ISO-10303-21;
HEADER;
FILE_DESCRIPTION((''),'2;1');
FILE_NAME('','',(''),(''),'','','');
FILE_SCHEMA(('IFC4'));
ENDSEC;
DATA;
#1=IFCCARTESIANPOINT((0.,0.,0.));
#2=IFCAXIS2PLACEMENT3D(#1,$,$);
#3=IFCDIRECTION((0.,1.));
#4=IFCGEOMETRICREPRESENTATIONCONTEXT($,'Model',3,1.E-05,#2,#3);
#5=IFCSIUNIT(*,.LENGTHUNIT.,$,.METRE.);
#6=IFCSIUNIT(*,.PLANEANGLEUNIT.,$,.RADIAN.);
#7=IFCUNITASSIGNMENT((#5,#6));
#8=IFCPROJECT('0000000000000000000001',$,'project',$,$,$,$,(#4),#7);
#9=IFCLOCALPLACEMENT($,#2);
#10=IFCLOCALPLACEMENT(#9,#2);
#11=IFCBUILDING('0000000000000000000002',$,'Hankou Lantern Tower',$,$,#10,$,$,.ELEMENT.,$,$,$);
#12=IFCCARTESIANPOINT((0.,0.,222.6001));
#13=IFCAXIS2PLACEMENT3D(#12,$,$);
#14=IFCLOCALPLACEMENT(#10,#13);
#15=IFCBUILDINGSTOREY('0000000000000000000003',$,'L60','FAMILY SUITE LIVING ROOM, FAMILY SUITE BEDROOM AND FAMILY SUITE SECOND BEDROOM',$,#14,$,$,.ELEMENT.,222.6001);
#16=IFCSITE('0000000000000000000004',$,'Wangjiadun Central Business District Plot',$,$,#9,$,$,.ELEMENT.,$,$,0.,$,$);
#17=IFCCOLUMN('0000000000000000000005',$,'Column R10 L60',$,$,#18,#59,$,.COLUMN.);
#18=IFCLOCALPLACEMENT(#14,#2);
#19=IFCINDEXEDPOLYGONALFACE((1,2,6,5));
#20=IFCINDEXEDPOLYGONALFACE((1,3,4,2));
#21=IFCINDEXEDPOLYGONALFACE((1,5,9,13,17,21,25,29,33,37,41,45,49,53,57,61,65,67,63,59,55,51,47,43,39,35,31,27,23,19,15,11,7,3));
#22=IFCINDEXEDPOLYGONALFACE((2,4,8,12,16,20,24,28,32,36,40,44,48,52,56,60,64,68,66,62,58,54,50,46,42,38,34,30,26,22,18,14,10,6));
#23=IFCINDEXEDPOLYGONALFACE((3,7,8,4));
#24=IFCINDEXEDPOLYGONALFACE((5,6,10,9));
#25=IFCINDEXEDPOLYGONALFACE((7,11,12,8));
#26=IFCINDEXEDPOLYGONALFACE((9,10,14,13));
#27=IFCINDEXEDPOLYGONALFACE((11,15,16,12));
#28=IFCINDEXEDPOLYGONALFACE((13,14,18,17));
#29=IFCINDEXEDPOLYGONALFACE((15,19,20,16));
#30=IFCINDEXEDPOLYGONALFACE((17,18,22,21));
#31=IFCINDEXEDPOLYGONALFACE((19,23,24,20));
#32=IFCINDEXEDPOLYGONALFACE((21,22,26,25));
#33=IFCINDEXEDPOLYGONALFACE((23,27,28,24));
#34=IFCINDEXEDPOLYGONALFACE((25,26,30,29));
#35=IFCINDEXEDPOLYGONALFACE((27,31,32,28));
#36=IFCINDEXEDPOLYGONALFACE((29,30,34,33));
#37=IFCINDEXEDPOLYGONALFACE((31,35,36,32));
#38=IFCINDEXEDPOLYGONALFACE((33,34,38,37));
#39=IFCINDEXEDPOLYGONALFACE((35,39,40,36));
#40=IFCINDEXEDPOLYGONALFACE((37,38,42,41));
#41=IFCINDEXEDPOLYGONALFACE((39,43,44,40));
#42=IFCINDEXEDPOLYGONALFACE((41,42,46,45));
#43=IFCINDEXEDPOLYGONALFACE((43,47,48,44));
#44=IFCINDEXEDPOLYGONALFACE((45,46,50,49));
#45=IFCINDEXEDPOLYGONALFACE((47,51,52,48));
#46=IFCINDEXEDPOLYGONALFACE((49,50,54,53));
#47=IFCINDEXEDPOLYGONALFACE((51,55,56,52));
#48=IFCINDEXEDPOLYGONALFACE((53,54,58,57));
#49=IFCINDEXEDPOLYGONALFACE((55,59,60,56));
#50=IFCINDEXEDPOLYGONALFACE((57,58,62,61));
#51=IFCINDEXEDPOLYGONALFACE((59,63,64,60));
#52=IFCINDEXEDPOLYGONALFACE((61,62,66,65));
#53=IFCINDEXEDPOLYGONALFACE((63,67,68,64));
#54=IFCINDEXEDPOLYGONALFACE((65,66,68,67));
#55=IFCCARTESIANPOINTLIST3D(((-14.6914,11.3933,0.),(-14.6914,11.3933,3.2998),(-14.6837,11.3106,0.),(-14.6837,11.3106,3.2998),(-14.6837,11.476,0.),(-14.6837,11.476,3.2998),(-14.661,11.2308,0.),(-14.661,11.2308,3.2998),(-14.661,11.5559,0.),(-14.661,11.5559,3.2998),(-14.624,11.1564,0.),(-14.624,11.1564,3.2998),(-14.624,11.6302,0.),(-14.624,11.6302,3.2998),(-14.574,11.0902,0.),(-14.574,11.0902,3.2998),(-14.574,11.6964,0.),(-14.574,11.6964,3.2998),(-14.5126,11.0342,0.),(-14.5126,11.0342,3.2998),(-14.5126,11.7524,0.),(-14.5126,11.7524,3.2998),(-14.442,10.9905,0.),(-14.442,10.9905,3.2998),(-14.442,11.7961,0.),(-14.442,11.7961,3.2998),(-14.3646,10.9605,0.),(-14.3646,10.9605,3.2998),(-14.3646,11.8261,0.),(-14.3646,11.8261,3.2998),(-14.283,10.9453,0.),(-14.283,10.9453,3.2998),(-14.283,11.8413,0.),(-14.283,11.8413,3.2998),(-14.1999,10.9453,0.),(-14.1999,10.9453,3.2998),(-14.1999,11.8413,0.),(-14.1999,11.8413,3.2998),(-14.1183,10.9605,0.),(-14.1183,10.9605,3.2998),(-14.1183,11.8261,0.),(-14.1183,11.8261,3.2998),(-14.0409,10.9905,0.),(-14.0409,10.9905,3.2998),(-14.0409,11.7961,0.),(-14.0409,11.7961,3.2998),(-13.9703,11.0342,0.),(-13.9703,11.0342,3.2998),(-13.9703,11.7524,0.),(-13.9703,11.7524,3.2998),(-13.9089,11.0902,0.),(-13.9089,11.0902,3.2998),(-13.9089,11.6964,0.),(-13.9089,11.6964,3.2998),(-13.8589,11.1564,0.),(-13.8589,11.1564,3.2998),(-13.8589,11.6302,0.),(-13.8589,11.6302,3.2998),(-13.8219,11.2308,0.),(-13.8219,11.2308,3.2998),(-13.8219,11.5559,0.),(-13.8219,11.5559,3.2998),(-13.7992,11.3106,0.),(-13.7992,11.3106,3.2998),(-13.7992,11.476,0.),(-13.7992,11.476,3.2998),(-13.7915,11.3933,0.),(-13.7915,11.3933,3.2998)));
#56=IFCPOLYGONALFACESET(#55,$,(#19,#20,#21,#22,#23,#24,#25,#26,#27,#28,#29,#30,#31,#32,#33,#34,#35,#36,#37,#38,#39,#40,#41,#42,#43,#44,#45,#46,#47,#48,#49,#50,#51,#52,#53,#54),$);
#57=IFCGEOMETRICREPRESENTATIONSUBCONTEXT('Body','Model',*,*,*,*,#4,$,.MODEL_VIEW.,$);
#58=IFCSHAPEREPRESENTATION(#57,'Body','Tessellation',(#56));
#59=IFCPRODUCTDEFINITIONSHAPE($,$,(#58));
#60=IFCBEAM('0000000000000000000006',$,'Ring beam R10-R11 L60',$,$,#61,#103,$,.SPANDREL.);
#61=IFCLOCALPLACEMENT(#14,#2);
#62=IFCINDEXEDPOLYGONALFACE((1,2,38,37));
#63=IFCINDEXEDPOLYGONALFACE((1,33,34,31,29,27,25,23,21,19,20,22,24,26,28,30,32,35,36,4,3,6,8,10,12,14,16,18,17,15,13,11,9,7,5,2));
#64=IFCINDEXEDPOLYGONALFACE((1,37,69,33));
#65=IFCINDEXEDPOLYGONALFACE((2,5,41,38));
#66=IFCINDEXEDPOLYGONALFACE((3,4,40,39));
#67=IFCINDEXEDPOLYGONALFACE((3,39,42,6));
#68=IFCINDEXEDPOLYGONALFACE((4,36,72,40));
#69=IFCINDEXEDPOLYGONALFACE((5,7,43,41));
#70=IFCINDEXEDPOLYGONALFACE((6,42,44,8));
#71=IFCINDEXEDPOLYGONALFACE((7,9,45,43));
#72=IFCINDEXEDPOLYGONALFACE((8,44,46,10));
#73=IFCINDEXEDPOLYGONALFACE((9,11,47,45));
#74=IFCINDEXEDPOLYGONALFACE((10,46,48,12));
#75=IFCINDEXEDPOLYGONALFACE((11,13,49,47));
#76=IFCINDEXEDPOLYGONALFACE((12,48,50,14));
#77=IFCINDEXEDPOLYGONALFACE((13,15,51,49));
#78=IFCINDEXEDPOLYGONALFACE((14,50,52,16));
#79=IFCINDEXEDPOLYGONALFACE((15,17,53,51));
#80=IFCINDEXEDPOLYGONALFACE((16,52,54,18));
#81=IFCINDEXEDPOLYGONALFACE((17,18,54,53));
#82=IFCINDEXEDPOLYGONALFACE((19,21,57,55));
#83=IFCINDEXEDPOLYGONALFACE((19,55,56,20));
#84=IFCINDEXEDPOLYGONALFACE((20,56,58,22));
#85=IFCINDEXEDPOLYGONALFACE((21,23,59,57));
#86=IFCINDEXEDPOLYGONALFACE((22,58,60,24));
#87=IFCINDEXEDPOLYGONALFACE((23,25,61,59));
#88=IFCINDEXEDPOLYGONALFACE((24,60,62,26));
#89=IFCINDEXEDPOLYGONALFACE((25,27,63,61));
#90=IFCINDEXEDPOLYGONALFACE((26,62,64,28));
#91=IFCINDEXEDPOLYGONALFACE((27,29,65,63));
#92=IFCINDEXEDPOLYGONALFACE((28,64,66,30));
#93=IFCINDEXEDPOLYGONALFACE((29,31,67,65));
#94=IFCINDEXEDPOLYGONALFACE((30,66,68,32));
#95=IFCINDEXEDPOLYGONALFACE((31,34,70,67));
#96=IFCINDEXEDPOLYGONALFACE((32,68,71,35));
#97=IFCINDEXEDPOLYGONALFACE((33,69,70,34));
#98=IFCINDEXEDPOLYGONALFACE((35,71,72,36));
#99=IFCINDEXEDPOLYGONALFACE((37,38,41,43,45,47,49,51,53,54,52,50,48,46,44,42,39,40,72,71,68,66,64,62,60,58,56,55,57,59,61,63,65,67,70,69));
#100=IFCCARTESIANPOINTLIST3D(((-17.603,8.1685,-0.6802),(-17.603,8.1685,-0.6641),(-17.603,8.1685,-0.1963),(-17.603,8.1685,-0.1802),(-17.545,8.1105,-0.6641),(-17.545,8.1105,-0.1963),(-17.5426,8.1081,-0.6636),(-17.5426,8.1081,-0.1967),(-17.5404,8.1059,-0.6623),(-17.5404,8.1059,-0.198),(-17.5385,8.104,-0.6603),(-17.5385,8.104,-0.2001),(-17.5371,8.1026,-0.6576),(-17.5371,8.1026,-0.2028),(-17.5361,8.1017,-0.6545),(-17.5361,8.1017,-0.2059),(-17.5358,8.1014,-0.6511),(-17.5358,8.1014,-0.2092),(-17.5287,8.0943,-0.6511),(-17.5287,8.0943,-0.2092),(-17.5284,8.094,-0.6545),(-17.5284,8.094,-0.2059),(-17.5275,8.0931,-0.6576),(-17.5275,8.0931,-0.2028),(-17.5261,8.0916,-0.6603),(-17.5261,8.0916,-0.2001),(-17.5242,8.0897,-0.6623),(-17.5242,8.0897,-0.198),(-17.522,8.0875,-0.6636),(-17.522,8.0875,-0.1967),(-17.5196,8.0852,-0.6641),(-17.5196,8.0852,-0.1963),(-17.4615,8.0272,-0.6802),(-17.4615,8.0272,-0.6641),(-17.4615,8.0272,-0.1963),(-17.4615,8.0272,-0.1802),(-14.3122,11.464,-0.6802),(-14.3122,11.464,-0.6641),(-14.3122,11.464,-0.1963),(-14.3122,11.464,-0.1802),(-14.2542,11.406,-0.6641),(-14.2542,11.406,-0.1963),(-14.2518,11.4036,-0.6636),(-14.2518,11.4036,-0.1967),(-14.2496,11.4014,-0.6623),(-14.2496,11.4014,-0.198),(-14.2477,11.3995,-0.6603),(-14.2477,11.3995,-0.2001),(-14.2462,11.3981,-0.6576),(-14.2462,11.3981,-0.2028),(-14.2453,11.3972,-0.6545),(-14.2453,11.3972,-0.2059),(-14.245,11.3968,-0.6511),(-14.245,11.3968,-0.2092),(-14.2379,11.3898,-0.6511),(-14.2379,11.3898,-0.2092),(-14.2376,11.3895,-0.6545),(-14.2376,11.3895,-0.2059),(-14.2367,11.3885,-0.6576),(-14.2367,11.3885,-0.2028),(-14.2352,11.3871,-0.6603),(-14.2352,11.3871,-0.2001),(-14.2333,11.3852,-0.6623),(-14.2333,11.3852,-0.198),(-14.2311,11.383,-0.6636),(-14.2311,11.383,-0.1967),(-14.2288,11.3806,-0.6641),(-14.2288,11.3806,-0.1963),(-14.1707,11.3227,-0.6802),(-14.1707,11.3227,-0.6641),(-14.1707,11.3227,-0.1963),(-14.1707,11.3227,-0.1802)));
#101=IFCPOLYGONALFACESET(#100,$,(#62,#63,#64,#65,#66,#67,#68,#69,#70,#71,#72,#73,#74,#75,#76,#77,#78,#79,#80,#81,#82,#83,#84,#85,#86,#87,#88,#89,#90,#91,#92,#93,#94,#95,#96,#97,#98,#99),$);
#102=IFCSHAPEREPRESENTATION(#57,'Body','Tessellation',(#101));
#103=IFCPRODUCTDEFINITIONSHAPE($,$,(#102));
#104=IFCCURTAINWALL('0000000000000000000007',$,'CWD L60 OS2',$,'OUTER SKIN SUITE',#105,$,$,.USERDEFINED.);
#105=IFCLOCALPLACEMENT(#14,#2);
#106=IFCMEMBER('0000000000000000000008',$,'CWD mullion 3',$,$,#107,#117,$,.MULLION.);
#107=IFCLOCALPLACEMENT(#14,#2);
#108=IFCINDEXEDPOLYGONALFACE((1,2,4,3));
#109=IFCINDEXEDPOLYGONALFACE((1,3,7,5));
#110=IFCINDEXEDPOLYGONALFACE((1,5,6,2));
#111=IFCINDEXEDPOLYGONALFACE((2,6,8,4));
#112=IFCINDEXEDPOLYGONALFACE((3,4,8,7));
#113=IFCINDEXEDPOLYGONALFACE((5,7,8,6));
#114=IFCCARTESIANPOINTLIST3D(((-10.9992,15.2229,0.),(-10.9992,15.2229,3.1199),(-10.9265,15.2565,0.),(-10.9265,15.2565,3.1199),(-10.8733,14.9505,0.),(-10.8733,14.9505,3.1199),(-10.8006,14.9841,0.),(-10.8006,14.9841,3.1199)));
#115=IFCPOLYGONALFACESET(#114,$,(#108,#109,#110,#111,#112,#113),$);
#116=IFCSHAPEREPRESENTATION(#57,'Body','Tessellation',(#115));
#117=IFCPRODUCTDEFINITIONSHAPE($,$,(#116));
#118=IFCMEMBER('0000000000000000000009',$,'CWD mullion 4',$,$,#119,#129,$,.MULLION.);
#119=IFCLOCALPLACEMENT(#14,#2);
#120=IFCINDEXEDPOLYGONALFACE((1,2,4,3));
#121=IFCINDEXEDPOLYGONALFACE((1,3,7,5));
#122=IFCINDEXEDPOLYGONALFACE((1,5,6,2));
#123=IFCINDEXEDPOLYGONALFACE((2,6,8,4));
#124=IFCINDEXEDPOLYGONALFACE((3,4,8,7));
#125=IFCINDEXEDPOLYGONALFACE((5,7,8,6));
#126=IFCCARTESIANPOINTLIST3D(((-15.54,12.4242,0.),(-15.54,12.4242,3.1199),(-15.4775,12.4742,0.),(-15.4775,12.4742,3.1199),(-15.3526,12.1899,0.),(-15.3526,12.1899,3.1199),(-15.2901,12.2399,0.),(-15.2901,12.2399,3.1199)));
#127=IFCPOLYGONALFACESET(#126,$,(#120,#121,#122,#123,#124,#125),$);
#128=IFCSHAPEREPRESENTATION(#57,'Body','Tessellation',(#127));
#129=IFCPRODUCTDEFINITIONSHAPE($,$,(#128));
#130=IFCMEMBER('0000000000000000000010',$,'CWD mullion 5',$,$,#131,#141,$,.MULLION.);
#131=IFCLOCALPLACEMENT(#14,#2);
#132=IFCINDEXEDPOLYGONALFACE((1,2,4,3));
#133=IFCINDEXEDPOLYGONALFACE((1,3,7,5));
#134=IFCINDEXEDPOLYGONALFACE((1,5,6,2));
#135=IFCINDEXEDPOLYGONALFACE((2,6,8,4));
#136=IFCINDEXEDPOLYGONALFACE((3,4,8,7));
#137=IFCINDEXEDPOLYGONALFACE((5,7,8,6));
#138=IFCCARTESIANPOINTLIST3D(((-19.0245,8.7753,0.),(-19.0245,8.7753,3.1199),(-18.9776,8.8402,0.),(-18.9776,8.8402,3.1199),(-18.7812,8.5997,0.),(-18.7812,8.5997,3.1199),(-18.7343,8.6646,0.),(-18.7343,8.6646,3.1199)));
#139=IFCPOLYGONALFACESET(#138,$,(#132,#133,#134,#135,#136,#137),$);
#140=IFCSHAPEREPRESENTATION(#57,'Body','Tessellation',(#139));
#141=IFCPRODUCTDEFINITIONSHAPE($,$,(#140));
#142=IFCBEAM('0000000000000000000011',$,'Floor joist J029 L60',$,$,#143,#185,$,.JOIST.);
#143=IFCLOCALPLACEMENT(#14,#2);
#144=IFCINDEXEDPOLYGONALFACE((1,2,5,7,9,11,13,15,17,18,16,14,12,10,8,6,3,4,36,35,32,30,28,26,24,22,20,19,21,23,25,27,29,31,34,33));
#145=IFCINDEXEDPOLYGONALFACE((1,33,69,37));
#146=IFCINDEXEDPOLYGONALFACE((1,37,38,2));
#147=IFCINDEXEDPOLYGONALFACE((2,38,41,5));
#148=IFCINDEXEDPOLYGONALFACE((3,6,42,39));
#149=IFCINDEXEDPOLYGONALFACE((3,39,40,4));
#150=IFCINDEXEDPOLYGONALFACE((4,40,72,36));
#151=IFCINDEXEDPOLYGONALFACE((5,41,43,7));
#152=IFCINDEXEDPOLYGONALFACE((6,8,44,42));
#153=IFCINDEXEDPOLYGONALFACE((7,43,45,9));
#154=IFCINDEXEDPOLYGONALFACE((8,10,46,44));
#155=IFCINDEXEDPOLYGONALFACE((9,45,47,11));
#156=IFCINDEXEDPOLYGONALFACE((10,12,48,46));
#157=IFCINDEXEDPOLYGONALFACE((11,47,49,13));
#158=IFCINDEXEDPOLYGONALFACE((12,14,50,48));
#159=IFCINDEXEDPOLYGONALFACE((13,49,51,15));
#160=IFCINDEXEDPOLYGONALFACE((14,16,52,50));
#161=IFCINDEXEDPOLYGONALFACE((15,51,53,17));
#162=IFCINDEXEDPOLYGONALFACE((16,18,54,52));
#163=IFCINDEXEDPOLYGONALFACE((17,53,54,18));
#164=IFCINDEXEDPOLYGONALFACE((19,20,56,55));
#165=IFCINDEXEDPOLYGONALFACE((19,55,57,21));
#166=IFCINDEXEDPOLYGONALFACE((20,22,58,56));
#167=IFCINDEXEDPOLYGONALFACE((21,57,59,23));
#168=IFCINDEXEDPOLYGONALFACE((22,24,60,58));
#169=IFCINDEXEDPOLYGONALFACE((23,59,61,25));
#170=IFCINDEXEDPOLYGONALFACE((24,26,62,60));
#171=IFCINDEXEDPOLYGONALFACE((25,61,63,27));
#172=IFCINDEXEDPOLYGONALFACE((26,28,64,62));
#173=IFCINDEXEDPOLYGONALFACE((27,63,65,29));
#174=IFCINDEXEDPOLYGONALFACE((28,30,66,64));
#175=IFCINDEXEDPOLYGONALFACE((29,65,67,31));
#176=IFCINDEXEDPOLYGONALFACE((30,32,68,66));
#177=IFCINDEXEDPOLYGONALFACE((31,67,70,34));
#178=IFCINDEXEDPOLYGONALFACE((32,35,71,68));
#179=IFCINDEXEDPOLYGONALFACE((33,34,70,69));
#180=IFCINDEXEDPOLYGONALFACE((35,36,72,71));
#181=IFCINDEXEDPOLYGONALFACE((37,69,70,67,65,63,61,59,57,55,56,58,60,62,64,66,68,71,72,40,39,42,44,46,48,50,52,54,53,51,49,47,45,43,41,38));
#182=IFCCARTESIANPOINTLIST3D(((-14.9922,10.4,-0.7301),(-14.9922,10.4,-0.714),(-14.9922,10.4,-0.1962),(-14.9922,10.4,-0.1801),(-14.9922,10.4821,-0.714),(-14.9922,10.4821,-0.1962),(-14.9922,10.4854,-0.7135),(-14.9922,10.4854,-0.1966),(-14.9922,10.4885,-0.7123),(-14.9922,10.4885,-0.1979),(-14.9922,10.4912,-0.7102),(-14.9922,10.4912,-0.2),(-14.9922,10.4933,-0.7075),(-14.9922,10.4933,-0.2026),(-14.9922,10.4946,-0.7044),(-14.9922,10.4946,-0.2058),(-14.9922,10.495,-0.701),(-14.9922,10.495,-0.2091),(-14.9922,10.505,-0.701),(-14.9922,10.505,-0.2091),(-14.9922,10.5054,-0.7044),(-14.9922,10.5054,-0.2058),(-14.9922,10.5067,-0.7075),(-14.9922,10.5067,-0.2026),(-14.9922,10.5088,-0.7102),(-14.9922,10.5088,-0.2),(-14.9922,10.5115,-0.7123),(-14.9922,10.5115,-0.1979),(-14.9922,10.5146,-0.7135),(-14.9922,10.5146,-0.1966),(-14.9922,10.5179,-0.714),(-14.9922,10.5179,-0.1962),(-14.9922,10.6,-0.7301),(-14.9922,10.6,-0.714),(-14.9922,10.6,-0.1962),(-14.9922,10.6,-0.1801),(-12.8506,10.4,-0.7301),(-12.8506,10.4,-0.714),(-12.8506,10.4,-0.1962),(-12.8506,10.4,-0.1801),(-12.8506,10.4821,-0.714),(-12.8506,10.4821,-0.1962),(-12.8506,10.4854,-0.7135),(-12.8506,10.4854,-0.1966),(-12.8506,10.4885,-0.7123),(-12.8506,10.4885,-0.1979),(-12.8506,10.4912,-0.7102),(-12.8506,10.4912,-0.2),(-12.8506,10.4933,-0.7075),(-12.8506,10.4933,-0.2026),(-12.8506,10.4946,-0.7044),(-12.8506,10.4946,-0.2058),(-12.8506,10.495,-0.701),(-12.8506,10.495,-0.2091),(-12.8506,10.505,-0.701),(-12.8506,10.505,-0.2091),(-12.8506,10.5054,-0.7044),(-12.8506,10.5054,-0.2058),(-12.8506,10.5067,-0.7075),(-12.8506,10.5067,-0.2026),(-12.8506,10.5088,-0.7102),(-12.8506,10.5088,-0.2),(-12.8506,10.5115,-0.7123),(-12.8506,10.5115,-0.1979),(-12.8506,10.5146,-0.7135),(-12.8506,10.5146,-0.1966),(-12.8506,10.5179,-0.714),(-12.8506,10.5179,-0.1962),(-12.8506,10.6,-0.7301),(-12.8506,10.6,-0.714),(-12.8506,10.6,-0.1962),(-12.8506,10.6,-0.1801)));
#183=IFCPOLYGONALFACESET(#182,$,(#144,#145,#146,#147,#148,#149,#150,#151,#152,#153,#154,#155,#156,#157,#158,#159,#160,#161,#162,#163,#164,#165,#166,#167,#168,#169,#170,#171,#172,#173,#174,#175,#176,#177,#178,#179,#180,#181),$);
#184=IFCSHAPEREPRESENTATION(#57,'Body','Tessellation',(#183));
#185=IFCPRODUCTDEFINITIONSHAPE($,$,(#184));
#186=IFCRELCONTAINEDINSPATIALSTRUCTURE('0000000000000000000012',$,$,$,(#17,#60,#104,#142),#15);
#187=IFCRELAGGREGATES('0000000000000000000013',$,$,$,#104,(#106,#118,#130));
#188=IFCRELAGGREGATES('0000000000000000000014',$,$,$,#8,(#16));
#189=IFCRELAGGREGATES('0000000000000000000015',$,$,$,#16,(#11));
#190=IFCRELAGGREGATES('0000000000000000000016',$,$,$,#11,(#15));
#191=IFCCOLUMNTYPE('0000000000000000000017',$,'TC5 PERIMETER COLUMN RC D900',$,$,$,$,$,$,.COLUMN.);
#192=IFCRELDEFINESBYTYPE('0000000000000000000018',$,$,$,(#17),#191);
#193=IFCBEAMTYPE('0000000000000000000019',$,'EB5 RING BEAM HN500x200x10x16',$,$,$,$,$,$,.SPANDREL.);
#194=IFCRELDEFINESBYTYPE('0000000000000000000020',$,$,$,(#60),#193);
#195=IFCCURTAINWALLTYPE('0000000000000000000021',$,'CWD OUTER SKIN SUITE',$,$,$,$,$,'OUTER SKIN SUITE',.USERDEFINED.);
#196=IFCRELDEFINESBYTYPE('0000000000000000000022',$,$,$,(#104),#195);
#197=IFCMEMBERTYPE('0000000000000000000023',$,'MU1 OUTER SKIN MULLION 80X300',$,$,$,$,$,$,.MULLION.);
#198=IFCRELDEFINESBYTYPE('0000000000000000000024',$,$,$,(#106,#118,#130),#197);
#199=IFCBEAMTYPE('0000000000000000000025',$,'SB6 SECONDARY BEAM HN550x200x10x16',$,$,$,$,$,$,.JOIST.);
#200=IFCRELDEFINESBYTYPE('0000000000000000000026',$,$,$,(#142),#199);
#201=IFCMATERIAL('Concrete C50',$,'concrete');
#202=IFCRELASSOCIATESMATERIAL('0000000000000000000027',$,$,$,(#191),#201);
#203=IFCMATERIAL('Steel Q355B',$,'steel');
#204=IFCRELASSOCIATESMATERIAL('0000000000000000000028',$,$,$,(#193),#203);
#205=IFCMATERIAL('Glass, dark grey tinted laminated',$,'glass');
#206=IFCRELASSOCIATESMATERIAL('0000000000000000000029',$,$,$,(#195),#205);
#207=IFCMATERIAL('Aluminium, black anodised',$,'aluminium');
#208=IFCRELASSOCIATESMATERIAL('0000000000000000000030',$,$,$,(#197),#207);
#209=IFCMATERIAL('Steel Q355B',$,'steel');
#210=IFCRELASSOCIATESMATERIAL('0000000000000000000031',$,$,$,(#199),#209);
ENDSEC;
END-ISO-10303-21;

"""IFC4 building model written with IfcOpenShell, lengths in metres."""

from ifc_helpers import new_model, si_unit, direction, frame, origin, origin_2d, place, context, subcontext, project, spatial, rectangle, circle, i_section, extrude, material, material_profile, profile_set, type_object, element, aggregate, save


model = new_model("IFC4")

# Units and contexts
model_context = context("Model", 3, precision=1e-05, world=origin(), true_north=direction((0.0, 1.0)))
body_context = subcontext(model_context, "Body", "Model", "MODEL_VIEW")
ifc_project = project(units=[si_unit("LENGTHUNIT", "METRE"), si_unit("PLANEANGLEUNIT", "RADIAN")], contexts=[model_context])

# Site, building, storey
site_placement = place(None, origin())
site = spatial("IfcSite", under=ifc_project, at=site_placement, Name="Wangjiadun Central Business District Plot", CompositionType="ELEMENT", RefElevation=0.0)
building_placement = place(site_placement, origin())
building = spatial("IfcBuilding", under=site, at=building_placement, Name="Hankou Lantern Tower", CompositionType="ELEMENT")
storey_placement = place(building_placement, frame((0.0, 0.0, 222.6001)))
storey = spatial("IfcBuildingStorey", under=building, at=storey_placement, Name="L60", Description="FAMILY SUITE LIVING ROOM, FAMILY SUITE BEDROOM AND FAMILY SUITE SECOND BEDROOM", CompositionType="ELEMENT", Elevation=222.6001)

# Column
ifc_material_1 = material(Name="Concrete C50", Category="concrete")
ifc_material_profile_1 = material_profile(ifc_material_1, circle(Radius=0.45, at=origin_2d()), Name="RC D900")
ifc_profile_set_1 = profile_set([ifc_material_profile_1], Name="Concrete C50")
column_type = type_object("IfcColumnType", Name="TC5 PERIMETER COLUMN RC D900", PredefinedType="COLUMN", material=ifc_profile_set_1)
column_placement = place(storey_placement, frame((-14.2415, 11.3933, 0.0), z_axis=(0.0, 0.0, 1.0), x_axis=(1.0, 0.0, 0.0)))
element("IfcColumn", 1, at=column_placement, inside=storey, type_object=column_type, Name="Column R10 L60", PredefinedType="COLUMN", context=body_context, shape_type="SweptSolid", body=[
    extrude(circle(Radius=0.45, at=origin_2d()), origin(), (0.0, 0.0, 1.0), 3.2998),
])

# Beam
ifc_material_2 = material(Name="Steel Q355B", Category="steel")
ifc_material_profile_2 = material_profile(ifc_material_2, i_section(OverallWidth=0.2, OverallDepth=0.5, WebThickness=0.01, FlangeThickness=0.0161, FilletRadius=0.0129, at=origin_2d()), Name="HN500x200x10x16")
ifc_profile_set_2 = profile_set([ifc_material_profile_2], Name="Steel Q355B")
beam_type_1 = type_object("IfcBeamType", Name="EB5 RING BEAM HN500x200x10x16", PredefinedType="SPANDREL", material=ifc_profile_set_2)
beam_1_placement = place(storey_placement, frame((-14.2415, 11.3933, -0.4302), z_axis=(-0.706609, -0.707605, 0.0), x_axis=(0.707605, -0.706609, 0.0)))
element("IfcBeam", 2, at=beam_1_placement, inside=storey, type_object=beam_type_1, Name="Ring beam R10-R11 L60", PredefinedType="SPANDREL", context=body_context, shape_type="SweptSolid", body=[
    extrude(i_section(OverallWidth=0.2, OverallDepth=0.5, WebThickness=0.01, FlangeThickness=0.0161, FilletRadius=0.0129, at=origin_2d()), origin(), (0.0, 0.0, 1.0), 4.6572),
])

# Curtain wall, members
ifc_material_3 = material(Name="Glass, dark grey tinted laminated", Category="glass")
curtain_wall_type = type_object("IfcCurtainWallType", Name="CWD OUTER SKIN SUITE", ElementType="OUTER SKIN SUITE", PredefinedType="USERDEFINED", material=ifc_material_3)
curtain_wall_placement = place(storey_placement, origin())
curtain_wall = element("IfcCurtainWall", 3, at=curtain_wall_placement, inside=storey, type_object=curtain_wall_type, Name="CWD L60 OS2", ObjectType="OUTER SKIN SUITE", PredefinedType="USERDEFINED")
ifc_material_4 = material(Name="Aluminium, black anodised", Category="aluminium")
ifc_material_profile_3 = material_profile(ifc_material_4, rectangle(XDim=0.0801, YDim=0.3, at=origin_2d()), Name="MU1 80X300")
ifc_profile_set_3 = profile_set([ifc_material_profile_3], Name="Aluminium, black anodised")
member_type_1 = type_object("IfcMemberType", Name="MU1 OUTER SKIN MULLION 80X300", PredefinedType="MULLION", material=ifc_profile_set_3)
member_1_placement = place(storey_placement, frame((-10.8999, 15.1035, 0.0), z_axis=(0.0, 0.0, 1.0), x_axis=(-0.907841, -0.419314, 0.0)))
member_1 = element("IfcMember", 4, at=member_1_placement, type_object=member_type_1, Name="CWD mullion 3", PredefinedType="MULLION", context=body_context, shape_type="SweptSolid", body=[
    extrude(rectangle(XDim=0.0801, YDim=0.3, at=origin_2d()), origin(), (0.0, 0.0, 1.0), 3.1199),
])
member_2_placement = place(storey_placement, frame((-15.415, 12.332, 0.0), z_axis=(0.0, 0.0, 1.0), x_axis=(-0.780869, -0.624695, 0.0)))
member_2 = element("IfcMember", 5, at=member_2_placement, type_object=member_type_1, Name="CWD mullion 4", PredefinedType="MULLION", context=body_context, shape_type="SweptSolid", body=[
    extrude(rectangle(XDim=0.0801, YDim=0.3, at=origin_2d()), origin(), (0.0, 0.0, 1.0), 3.1199),
])
member_3_placement = place(storey_placement, frame((-18.8794, 8.72, 0.0), z_axis=(0.0, 0.0, 1.0), x_axis=(-0.585206, -0.810885, 0.0)))
member_3 = element("IfcMember", 6, at=member_3_placement, type_object=member_type_1, Name="CWD mullion 5", PredefinedType="MULLION", context=body_context, shape_type="SweptSolid", body=[
    extrude(rectangle(XDim=0.0801, YDim=0.3, at=origin_2d()), origin(), (0.0, 0.0, 1.0), 3.1199),
])

# Beam
ifc_material_5 = material(Name="Steel Q355B", Category="steel")
ifc_material_profile_4 = material_profile(ifc_material_5, i_section(OverallWidth=0.2, OverallDepth=0.55, WebThickness=0.01, FlangeThickness=0.0161, FilletRadius=0.0129, at=origin_2d()), Name="HN550x200x10x16")
ifc_profile_set_4 = profile_set([ifc_material_profile_4], Name="Steel Q355B")
beam_type_2 = type_object("IfcBeamType", Name="SB6 SECONDARY BEAM HN550x200x10x16", PredefinedType="JOIST", material=ifc_profile_set_4)
beam_2_placement = place(storey_placement, frame((-14.9922, 10.5, -0.4551), z_axis=(1.0, 0.0, 0.0), x_axis=(0.0, 1.0, 0.0)))
element("IfcBeam", 7, at=beam_2_placement, inside=storey, type_object=beam_type_2, Name="Floor joist J029 L60", PredefinedType="JOIST", context=body_context, shape_type="SweptSolid", body=[
    extrude(i_section(OverallWidth=0.2, OverallDepth=0.55, WebThickness=0.01, FlangeThickness=0.0161, FilletRadius=0.0129, at=origin_2d()), origin(), (0.0, 0.0, 1.0), 2.1416),
])

aggregate(curtain_wall, [member_1, member_2, member_3])

save(model, "model.ifc")
